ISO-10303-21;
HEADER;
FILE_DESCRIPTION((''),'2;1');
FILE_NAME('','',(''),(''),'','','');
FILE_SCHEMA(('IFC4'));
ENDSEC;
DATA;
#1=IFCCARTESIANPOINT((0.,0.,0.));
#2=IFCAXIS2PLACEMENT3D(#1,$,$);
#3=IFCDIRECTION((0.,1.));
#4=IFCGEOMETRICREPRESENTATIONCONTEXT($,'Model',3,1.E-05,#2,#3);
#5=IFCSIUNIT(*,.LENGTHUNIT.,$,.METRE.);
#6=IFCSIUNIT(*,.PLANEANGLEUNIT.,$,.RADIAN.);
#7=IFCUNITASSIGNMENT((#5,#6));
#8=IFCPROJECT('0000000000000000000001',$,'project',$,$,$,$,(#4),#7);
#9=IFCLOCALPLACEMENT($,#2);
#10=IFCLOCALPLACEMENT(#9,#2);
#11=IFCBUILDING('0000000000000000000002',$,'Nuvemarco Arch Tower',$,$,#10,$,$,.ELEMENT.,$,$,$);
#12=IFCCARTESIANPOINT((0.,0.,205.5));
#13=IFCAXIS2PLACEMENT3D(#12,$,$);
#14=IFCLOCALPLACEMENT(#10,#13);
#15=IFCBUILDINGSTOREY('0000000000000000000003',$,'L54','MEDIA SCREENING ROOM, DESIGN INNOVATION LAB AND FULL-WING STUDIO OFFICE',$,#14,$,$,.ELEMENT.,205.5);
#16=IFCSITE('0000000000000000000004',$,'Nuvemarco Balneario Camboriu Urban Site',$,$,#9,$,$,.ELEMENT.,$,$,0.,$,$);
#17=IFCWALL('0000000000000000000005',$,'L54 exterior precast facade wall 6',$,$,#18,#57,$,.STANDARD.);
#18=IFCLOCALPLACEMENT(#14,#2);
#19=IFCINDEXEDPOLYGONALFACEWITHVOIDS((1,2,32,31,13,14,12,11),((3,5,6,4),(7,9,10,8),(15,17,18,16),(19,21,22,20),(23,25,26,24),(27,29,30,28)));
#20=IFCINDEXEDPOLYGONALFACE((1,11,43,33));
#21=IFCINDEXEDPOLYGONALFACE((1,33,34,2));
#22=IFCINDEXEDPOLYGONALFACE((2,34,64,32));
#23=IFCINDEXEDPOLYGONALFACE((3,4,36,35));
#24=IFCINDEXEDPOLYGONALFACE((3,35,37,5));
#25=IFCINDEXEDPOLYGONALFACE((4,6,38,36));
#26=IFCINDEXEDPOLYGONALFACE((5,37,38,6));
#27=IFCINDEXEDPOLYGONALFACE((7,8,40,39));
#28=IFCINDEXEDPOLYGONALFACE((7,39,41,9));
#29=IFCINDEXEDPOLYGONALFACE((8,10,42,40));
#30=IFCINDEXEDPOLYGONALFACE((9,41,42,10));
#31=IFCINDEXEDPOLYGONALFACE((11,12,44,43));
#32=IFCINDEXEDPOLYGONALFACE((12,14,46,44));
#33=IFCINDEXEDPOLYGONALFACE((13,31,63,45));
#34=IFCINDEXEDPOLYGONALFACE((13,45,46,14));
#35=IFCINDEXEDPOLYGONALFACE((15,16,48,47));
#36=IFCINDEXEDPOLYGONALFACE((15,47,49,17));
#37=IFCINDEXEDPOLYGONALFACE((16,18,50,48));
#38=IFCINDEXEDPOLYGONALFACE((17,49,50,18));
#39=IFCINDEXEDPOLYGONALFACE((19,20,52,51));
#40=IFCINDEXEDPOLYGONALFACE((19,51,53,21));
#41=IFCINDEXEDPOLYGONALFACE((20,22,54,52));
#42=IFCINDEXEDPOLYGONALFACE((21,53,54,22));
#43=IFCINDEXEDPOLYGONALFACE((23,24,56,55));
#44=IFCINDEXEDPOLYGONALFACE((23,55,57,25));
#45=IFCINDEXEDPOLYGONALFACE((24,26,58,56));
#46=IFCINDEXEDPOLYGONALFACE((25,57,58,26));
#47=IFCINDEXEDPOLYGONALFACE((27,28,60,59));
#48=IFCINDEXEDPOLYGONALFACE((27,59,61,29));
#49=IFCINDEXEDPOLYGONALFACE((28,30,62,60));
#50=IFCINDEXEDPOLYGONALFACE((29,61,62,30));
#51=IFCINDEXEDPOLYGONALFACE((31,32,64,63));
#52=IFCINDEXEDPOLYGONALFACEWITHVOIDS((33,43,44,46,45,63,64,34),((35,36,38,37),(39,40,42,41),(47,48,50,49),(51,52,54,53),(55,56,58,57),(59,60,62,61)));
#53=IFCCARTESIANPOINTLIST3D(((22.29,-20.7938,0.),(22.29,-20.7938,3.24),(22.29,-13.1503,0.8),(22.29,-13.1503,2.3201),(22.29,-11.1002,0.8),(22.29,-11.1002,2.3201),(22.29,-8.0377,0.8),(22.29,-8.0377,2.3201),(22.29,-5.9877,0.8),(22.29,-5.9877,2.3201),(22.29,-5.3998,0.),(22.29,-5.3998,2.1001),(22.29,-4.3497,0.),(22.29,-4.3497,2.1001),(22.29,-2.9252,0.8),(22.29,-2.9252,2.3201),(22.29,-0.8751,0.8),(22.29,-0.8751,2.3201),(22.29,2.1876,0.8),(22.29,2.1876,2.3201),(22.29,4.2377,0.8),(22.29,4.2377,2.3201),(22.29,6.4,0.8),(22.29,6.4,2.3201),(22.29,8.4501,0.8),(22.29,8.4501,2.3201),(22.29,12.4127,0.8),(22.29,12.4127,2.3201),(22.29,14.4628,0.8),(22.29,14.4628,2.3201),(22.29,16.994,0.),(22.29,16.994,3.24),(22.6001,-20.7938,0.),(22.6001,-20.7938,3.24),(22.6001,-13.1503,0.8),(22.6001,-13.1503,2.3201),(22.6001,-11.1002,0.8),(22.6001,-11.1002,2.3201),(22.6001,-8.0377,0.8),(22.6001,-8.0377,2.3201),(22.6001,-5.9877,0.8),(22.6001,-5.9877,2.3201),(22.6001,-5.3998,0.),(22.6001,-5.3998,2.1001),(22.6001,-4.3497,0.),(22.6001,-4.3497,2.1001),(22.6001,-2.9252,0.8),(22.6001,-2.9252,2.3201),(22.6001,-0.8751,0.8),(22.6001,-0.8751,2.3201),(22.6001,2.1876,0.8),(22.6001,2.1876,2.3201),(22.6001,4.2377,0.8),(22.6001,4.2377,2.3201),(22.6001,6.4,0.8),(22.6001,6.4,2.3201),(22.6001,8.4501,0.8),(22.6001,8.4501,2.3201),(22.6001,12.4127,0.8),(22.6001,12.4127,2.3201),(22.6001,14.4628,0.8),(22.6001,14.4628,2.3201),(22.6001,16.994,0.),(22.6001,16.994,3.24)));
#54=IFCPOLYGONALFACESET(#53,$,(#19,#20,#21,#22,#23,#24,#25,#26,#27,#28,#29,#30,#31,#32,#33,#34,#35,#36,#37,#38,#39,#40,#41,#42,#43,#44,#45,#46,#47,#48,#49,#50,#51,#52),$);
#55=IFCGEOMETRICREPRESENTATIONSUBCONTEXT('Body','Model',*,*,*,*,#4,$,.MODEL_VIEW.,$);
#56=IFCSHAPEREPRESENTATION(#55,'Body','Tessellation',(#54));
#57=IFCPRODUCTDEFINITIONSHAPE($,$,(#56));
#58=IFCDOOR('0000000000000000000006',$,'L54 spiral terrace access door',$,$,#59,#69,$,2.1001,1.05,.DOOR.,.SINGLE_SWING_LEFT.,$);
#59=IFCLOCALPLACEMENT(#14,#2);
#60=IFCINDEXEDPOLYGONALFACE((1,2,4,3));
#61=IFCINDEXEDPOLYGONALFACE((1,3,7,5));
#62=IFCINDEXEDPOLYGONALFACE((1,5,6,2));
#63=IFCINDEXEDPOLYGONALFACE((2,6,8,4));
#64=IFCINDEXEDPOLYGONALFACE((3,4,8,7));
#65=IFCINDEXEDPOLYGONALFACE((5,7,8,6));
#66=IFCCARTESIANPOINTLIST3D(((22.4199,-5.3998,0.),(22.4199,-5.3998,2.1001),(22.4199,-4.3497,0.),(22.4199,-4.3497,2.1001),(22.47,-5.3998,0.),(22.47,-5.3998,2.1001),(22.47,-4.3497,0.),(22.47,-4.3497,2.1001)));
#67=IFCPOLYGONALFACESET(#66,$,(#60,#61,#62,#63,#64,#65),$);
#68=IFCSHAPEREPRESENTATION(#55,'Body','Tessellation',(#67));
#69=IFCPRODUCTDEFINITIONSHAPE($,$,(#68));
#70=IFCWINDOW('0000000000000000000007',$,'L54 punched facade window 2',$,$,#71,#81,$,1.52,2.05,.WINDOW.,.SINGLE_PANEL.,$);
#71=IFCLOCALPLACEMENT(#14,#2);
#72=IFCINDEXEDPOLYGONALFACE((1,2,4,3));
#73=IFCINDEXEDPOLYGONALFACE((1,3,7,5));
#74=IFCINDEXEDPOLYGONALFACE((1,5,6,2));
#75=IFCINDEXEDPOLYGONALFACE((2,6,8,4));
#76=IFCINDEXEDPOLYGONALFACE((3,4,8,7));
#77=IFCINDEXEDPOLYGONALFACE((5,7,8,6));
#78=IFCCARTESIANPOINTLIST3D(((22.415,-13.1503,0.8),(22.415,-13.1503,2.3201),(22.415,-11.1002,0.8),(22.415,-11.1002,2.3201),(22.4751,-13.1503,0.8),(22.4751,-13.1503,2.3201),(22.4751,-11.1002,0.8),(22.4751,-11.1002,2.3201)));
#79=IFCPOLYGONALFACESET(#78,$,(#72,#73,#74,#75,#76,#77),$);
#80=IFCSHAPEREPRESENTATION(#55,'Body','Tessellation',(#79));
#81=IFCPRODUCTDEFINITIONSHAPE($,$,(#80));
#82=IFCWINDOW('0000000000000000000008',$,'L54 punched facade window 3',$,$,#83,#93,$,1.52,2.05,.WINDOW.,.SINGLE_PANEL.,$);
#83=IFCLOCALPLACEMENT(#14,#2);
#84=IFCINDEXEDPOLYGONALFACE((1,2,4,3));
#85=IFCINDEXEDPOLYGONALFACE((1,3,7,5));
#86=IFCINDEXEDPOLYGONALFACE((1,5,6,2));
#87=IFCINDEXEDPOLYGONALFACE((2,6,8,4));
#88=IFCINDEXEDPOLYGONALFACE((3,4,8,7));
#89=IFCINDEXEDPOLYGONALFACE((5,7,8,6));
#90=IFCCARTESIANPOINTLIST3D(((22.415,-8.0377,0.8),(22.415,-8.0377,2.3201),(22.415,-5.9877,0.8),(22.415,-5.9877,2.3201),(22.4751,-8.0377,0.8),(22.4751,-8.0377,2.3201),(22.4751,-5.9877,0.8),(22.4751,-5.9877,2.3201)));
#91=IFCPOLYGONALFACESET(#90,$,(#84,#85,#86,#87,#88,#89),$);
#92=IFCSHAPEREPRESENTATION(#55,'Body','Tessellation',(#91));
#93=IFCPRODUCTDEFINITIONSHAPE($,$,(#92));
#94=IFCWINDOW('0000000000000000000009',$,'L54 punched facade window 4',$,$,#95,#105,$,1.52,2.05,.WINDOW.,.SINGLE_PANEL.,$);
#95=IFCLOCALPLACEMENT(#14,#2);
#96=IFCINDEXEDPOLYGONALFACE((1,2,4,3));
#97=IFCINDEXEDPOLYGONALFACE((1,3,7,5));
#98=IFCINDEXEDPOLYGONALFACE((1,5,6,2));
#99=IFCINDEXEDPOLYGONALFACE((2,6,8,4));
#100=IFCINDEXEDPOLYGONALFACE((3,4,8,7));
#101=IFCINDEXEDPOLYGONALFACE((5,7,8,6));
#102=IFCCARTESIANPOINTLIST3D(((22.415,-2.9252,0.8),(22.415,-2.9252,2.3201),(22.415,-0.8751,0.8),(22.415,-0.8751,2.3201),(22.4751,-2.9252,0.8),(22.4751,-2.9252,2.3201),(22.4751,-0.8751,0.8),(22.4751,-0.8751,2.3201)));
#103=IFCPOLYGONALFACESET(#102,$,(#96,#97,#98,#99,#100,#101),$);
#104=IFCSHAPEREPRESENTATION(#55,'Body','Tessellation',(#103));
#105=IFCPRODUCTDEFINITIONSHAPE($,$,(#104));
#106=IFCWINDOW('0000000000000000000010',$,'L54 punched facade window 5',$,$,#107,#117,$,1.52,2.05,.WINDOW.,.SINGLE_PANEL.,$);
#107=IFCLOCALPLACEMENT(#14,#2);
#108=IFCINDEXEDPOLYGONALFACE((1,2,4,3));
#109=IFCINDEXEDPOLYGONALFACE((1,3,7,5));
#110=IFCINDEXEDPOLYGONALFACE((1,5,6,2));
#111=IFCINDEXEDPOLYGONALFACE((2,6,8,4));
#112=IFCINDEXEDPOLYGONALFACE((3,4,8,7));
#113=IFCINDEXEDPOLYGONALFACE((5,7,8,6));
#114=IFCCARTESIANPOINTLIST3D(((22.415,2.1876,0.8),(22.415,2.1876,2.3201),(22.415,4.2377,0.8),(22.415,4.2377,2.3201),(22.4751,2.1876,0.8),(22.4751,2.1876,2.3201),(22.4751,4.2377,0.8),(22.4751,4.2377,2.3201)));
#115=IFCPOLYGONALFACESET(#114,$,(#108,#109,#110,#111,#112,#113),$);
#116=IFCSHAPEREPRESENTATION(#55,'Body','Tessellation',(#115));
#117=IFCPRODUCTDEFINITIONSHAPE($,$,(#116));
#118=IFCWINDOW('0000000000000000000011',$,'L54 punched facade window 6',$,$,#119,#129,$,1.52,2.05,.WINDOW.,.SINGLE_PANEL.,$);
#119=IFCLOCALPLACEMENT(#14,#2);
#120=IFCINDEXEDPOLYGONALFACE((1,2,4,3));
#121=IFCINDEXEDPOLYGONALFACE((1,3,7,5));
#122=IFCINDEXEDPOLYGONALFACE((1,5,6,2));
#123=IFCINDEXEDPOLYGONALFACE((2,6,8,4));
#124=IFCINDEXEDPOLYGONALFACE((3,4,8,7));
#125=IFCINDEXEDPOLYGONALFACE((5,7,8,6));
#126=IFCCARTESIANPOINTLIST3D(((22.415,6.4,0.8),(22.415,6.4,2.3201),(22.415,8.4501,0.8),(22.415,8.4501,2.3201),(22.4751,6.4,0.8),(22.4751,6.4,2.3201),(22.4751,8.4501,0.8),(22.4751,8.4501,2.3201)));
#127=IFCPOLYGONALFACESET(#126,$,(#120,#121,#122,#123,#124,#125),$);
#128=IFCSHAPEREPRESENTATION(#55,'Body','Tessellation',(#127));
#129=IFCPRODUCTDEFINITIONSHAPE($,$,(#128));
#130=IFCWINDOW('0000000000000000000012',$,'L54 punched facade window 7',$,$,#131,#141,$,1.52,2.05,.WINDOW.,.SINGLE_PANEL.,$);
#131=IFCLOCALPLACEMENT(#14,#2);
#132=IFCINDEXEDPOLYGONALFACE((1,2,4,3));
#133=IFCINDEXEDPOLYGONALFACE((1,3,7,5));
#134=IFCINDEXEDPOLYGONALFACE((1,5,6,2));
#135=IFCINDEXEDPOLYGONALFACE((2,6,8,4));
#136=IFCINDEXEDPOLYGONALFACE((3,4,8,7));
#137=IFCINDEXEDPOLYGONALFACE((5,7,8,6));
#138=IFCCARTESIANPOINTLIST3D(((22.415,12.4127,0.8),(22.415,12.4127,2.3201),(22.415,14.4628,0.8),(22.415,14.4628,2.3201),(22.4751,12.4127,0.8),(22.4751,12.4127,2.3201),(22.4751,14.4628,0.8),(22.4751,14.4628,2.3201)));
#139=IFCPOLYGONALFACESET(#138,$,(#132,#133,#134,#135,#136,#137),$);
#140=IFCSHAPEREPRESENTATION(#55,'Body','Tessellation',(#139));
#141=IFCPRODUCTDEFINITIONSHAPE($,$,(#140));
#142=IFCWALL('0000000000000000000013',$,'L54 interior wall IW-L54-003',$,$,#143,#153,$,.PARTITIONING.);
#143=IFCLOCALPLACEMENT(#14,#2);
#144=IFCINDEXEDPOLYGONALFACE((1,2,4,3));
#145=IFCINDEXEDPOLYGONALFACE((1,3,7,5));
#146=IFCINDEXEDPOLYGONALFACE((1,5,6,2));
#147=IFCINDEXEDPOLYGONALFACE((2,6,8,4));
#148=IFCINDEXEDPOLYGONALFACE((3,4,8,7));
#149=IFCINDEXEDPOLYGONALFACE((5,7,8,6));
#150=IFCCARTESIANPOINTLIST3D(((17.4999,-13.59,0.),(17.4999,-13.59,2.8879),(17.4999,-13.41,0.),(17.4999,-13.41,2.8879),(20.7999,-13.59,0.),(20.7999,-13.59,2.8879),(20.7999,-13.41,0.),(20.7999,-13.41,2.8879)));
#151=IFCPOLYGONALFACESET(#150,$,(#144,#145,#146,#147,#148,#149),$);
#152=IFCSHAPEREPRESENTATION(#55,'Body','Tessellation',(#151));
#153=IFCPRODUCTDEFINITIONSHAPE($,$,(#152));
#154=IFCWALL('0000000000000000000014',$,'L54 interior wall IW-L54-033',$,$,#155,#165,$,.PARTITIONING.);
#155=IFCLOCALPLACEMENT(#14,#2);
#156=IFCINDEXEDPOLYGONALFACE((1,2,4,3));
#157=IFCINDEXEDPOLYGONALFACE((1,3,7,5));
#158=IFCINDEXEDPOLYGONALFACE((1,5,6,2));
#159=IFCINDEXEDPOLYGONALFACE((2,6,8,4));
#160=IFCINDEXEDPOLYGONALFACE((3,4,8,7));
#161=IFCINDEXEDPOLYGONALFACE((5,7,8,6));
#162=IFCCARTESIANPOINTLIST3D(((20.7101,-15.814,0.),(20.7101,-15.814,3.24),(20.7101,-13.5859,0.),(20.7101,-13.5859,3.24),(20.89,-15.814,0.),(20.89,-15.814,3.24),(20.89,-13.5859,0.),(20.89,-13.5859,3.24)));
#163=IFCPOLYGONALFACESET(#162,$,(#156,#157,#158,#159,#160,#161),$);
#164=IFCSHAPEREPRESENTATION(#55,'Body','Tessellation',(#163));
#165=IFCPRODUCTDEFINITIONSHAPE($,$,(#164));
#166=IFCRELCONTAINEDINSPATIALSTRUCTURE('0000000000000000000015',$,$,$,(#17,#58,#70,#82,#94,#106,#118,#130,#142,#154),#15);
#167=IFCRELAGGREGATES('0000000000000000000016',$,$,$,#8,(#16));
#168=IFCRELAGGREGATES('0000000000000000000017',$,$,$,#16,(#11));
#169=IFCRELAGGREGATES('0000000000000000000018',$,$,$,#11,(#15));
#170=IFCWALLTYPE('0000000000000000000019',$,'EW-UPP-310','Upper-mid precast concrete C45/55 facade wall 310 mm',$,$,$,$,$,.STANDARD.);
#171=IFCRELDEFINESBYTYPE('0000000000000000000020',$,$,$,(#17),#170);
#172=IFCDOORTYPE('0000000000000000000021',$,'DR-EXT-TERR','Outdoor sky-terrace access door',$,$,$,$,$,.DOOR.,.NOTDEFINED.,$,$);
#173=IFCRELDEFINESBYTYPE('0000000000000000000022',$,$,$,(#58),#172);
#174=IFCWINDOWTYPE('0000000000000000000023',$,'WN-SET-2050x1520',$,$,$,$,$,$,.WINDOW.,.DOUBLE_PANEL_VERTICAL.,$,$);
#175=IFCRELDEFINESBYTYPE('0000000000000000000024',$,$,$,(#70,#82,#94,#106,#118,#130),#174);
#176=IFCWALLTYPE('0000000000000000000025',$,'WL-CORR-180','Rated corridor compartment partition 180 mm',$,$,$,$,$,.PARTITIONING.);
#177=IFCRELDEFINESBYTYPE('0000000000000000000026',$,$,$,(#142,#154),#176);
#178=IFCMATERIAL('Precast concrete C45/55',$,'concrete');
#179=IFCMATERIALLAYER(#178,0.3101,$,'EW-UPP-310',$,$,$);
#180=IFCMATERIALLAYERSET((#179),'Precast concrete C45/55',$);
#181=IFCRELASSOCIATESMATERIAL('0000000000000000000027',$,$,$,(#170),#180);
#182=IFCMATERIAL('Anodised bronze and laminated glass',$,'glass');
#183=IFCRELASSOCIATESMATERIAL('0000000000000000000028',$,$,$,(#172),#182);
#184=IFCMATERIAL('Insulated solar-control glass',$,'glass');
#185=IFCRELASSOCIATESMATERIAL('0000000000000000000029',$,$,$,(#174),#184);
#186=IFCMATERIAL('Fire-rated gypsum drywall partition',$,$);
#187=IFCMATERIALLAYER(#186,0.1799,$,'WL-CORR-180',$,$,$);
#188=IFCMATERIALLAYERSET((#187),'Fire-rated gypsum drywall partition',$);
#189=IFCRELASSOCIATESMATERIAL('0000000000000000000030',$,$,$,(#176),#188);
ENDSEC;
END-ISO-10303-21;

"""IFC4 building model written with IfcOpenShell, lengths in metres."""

from ifc_helpers import new_model, si_unit, direction, frame, frame_2d, origin, place, context, subcontext, project, spatial, rectangle, extrude, source, transform, mapped, material, layer, layer_set, type_object, type_shapes, element, fill, save


model = new_model("IFC4")

# Units and contexts
model_context = context("Model", 3, precision=1e-05, world=origin(), true_north=direction((0.0, 1.0)))
body_context = subcontext(model_context, "Body", "Model", "MODEL_VIEW")
ifc_project = project(units=[si_unit("LENGTHUNIT", "METRE"), si_unit("PLANEANGLEUNIT", "RADIAN")], contexts=[model_context])

# Site, building, storey
site_placement = place(None, origin())
site = spatial("IfcSite", under=ifc_project, at=site_placement, Name="Nuvemarco Balneario Camboriu Urban Site", CompositionType="ELEMENT", RefElevation=0.0)
building_placement = place(site_placement, origin())
building = spatial("IfcBuilding", under=site, at=building_placement, Name="Nuvemarco Arch Tower", CompositionType="ELEMENT")
storey_placement = place(building_placement, frame((0.0, 0.0, 205.5)))
storey = spatial("IfcBuildingStorey", under=building, at=storey_placement, Name="L54", Description="MEDIA SCREENING ROOM, DESIGN INNOVATION LAB AND FULL-WING STUDIO OFFICE", CompositionType="ELEMENT", Elevation=205.5)

# Shared definitions
ifc_material_1 = material(Name="Precast concrete C45/55", Category="concrete")

# Shared definitions
ifc_layer_1 = layer(ifc_material_1, 0.3101, Name="EW-UPP-310")
ifc_layer_set_1 = layer_set([ifc_layer_1], Name="Precast concrete C45/55")
wall_type_1 = type_object("IfcWallType", Name="EW-UPP-310", Description="Upper-mid precast concrete C45/55 facade wall 310 mm", PredefinedType="STANDARD", material=ifc_layer_set_1)

# Wall, openings, door, windows
wall_1_placement = place(storey_placement, frame((22.4451, -20.7939, 0.0), z_axis=(0.0, 0.0, 1.0), x_axis=(0.0, 1.0, 0.0)))
wall_1 = element("IfcWall", 1, at=wall_1_placement, inside=storey, type_object=wall_type_1, Name="L54 exterior precast facade wall 6", PredefinedType="STANDARD", context=body_context, shape_type="SweptSolid", body=[
    extrude(rectangle(XDim=37.7878, YDim=0.3101, at=frame_2d((18.894, 0.0))), origin(), (0.0, 0.0, 1.0), 3.24),
])
opening_1_placement = place(wall_1_placement, frame((16.4441, 0.0, 0.0), z_axis=(0.0, 0.0, 1.0), x_axis=(-1.0, 0.0, 0.0)))
opening_1 = element("IfcOpeningElement", 2, at=opening_1_placement, cuts=wall_1, PredefinedType="OPENING", context=body_context, shape_type="SweptSolid", body=[
    extrude(rectangle(XDim=1.05, YDim=2.1001, at=frame_2d((0.5249, 1.05))), frame((0.0, 0.165, 0.0), z_axis=(0.0, -1.0, 0.0), x_axis=(1.0, 0.0, 0.0)), (0.0, 0.0, 1.0), 0.3301),
])
opening_2_placement = place(wall_1_placement, frame((7.6438, 0.0, 0.8)))
opening_2 = element("IfcOpeningElement", 3, at=opening_2_placement, cuts=wall_1, PredefinedType="OPENING", context=body_context, shape_type="SweptSolid", body=[
    extrude(rectangle(XDim=2.05, YDim=1.52, at=frame_2d((1.0249, 0.76))), frame((0.0, 0.165, 0.0), z_axis=(0.0, -1.0, 0.0), x_axis=(1.0, 0.0, 0.0)), (0.0, 0.0, 1.0), 0.3301),
])
opening_3_placement = place(wall_1_placement, frame((12.7563, 0.0, 0.8)))
opening_3 = element("IfcOpeningElement", 4, at=opening_3_placement, cuts=wall_1, PredefinedType="OPENING", context=body_context, shape_type="SweptSolid", body=[
    extrude(rectangle(XDim=2.05, YDim=1.52, at=frame_2d((1.0249, 0.76))), frame((0.0, 0.165, 0.0), z_axis=(0.0, -1.0, 0.0), x_axis=(1.0, 0.0, 0.0)), (0.0, 0.0, 1.0), 0.3301),
])
opening_4_placement = place(wall_1_placement, frame((17.8689, 0.0, 0.8)))
opening_4 = element("IfcOpeningElement", 5, at=opening_4_placement, cuts=wall_1, PredefinedType="OPENING", context=body_context, shape_type="SweptSolid", body=[
    extrude(rectangle(XDim=2.05, YDim=1.52, at=frame_2d((1.0249, 0.76))), frame((0.0, 0.165, 0.0), z_axis=(0.0, -1.0, 0.0), x_axis=(1.0, 0.0, 0.0)), (0.0, 0.0, 1.0), 0.3301),
])
opening_5_placement = place(wall_1_placement, frame((22.9817, 0.0, 0.8)))
opening_5 = element("IfcOpeningElement", 6, at=opening_5_placement, cuts=wall_1, PredefinedType="OPENING", context=body_context, shape_type="SweptSolid", body=[
    extrude(rectangle(XDim=2.05, YDim=1.52, at=frame_2d((1.0249, 0.76))), frame((0.0, 0.165, 0.0), z_axis=(0.0, -1.0, 0.0), x_axis=(1.0, 0.0, 0.0)), (0.0, 0.0, 1.0), 0.3301),
])
opening_6_placement = place(wall_1_placement, frame((27.1941, 0.0, 0.8)))
opening_6 = element("IfcOpeningElement", 7, at=opening_6_placement, cuts=wall_1, PredefinedType="OPENING", context=body_context, shape_type="SweptSolid", body=[
    extrude(rectangle(XDim=2.05, YDim=1.52, at=frame_2d((1.0249, 0.76))), frame((0.0, 0.165, 0.0), z_axis=(0.0, -1.0, 0.0), x_axis=(1.0, 0.0, 0.0)), (0.0, 0.0, 1.0), 0.3301),
])
opening_7_placement = place(wall_1_placement, frame((33.2068, 0.0, 0.8)))
opening_7 = element("IfcOpeningElement", 8, at=opening_7_placement, cuts=wall_1, PredefinedType="OPENING", context=body_context, shape_type="SweptSolid", body=[
    extrude(rectangle(XDim=2.05, YDim=1.52, at=frame_2d((1.0249, 0.76))), frame((0.0, 0.165, 0.0), z_axis=(0.0, -1.0, 0.0), x_axis=(1.0, 0.0, 0.0)), (0.0, 0.0, 1.0), 0.3301),
])
ifc_material_2 = material(Name="Anodised bronze and laminated glass", Category="glass")
door_type = type_object("IfcDoorType", Name="DR-EXT-TERR", Description="Outdoor sky-terrace access door", OperationType="NOTDEFINED", PredefinedType="DOOR", material=ifc_material_2)
shared_shape_1 = source(origin(), body_context, "Body", "SweptSolid", [
    extrude(rectangle(XDim=1.05, YDim=2.1001, at=frame_2d((0.5249, 1.05))), frame((0.0, 0.0249, 0.0), z_axis=(0.0, -1.0, 0.0), x_axis=(1.0, 0.0, 0.0)), (0.0, 0.0, 1.0), 0.05),
])
type_shapes(door_type, [shared_shape_1])
door_placement = place(opening_1_placement, origin())
door = element("IfcDoor", 9, at=door_placement, inside=storey, type_object=door_type, Name="L54 spiral terrace access door", OperationType="SINGLE_SWING_LEFT", OverallHeight=2.1001, OverallWidth=1.05, PredefinedType="DOOR", context=body_context, shape_type="MappedRepresentation", body=[
    mapped(shared_shape_1, transform((0.0, 0.0, 0.0), scale=1.0)),
])
fill(opening_1, door)
ifc_material_3 = material(Name="Insulated solar-control glass", Category="glass")
window_type = type_object("IfcWindowType", Name="WN-SET-2050x1520", PartitioningType="DOUBLE_PANEL_VERTICAL", PredefinedType="WINDOW", material=ifc_material_3)
shared_shape_2 = source(origin(), body_context, "Body", "SweptSolid", [
    extrude(rectangle(XDim=2.05, YDim=1.52, at=frame_2d((1.0249, 0.76))), frame((0.0, 0.03, 0.0), z_axis=(0.0, -1.0, 0.0), x_axis=(1.0, 0.0, 0.0)), (0.0, 0.0, 1.0), 0.0601),
])
type_shapes(window_type, [shared_shape_2])
window_1_placement = place(opening_2_placement, origin())
window_1 = element("IfcWindow", 10, at=window_1_placement, inside=storey, type_object=window_type, Name="L54 punched facade window 2", OverallHeight=1.52, OverallWidth=2.05, PartitioningType="SINGLE_PANEL", PredefinedType="WINDOW", context=body_context, shape_type="MappedRepresentation", body=[
    mapped(shared_shape_2, transform((0.0, 0.0, 0.0), scale=1.0)),
])
fill(opening_2, window_1)
window_2_placement = place(opening_3_placement, origin())
window_2 = element("IfcWindow", 11, at=window_2_placement, inside=storey, type_object=window_type, Name="L54 punched facade window 3", OverallHeight=1.52, OverallWidth=2.05, PartitioningType="SINGLE_PANEL", PredefinedType="WINDOW", context=body_context, shape_type="MappedRepresentation", body=[
    mapped(shared_shape_2, transform((0.0, 0.0, 0.0), scale=1.0)),
])
fill(opening_3, window_2)
window_3_placement = place(opening_4_placement, origin())
window_3 = element("IfcWindow", 12, at=window_3_placement, inside=storey, type_object=window_type, Name="L54 punched facade window 4", OverallHeight=1.52, OverallWidth=2.05, PartitioningType="SINGLE_PANEL", PredefinedType="WINDOW", context=body_context, shape_type="MappedRepresentation", body=[
    mapped(shared_shape_2, transform((0.0, 0.0, 0.0), scale=1.0)),
])
fill(opening_4, window_3)
window_4_placement = place(opening_5_placement, origin())
window_4 = element("IfcWindow", 13, at=window_4_placement, inside=storey, type_object=window_type, Name="L54 punched facade window 5", OverallHeight=1.52, OverallWidth=2.05, PartitioningType="SINGLE_PANEL", PredefinedType="WINDOW", context=body_context, shape_type="MappedRepresentation", body=[
    mapped(shared_shape_2, transform((0.0, 0.0, 0.0), scale=1.0)),
])
fill(opening_5, window_4)
window_5_placement = place(opening_6_placement, origin())
window_5 = element("IfcWindow", 14, at=window_5_placement, inside=storey, type_object=window_type, Name="L54 punched facade window 6", OverallHeight=1.52, OverallWidth=2.05, PartitioningType="SINGLE_PANEL", PredefinedType="WINDOW", context=body_context, shape_type="MappedRepresentation", body=[
    mapped(shared_shape_2, transform((0.0, 0.0, 0.0), scale=1.0)),
])
fill(opening_6, window_5)
window_6_placement = place(opening_7_placement, origin())
window_6 = element("IfcWindow", 15, at=window_6_placement, inside=storey, type_object=window_type, Name="L54 punched facade window 7", OverallHeight=1.52, OverallWidth=2.05, PartitioningType="SINGLE_PANEL", PredefinedType="WINDOW", context=body_context, shape_type="MappedRepresentation", body=[
    mapped(shared_shape_2, transform((0.0, 0.0, 0.0), scale=1.0)),
])
fill(opening_7, window_6)

# Walls
ifc_material_4 = material(Name="Fire-rated gypsum drywall partition")
ifc_layer_2 = layer(ifc_material_4, 0.1799, Name="WL-CORR-180")
ifc_layer_set_2 = layer_set([ifc_layer_2], Name="Fire-rated gypsum drywall partition")
wall_type_2 = type_object("IfcWallType", Name="WL-CORR-180", Description="Rated corridor compartment partition 180 mm", PredefinedType="PARTITIONING", material=ifc_layer_set_2)
wall_2_placement = place(storey_placement, frame((17.5, -13.5, 0.0), z_axis=(0.0, 0.0, 1.0), x_axis=(1.0, 0.0, 0.0)))
element("IfcWall", 16, at=wall_2_placement, inside=storey, type_object=wall_type_2, Name="L54 interior wall IW-L54-003", PredefinedType="PARTITIONING", context=body_context, shape_type="SweptSolid", body=[
    extrude(rectangle(XDim=3.3, YDim=0.1799, at=frame_2d((1.6499, 0.0))), origin(), (0.0, 0.0, 1.0), 2.8879),
])
wall_3_placement = place(storey_placement, frame((20.8, -15.814, 0.0), z_axis=(0.0, 0.0, 1.0), x_axis=(0.0, 1.0, 0.0)))
element("IfcWall", 17, at=wall_3_placement, inside=storey, type_object=wall_type_2, Name="L54 interior wall IW-L54-033", PredefinedType="PARTITIONING", context=body_context, shape_type="SweptSolid", body=[
    extrude(rectangle(XDim=2.228, YDim=0.1799, at=frame_2d((1.114, 0.0))), origin(), (0.0, 0.0, 1.0), 3.24),
])

save(model, "model.ifc")
